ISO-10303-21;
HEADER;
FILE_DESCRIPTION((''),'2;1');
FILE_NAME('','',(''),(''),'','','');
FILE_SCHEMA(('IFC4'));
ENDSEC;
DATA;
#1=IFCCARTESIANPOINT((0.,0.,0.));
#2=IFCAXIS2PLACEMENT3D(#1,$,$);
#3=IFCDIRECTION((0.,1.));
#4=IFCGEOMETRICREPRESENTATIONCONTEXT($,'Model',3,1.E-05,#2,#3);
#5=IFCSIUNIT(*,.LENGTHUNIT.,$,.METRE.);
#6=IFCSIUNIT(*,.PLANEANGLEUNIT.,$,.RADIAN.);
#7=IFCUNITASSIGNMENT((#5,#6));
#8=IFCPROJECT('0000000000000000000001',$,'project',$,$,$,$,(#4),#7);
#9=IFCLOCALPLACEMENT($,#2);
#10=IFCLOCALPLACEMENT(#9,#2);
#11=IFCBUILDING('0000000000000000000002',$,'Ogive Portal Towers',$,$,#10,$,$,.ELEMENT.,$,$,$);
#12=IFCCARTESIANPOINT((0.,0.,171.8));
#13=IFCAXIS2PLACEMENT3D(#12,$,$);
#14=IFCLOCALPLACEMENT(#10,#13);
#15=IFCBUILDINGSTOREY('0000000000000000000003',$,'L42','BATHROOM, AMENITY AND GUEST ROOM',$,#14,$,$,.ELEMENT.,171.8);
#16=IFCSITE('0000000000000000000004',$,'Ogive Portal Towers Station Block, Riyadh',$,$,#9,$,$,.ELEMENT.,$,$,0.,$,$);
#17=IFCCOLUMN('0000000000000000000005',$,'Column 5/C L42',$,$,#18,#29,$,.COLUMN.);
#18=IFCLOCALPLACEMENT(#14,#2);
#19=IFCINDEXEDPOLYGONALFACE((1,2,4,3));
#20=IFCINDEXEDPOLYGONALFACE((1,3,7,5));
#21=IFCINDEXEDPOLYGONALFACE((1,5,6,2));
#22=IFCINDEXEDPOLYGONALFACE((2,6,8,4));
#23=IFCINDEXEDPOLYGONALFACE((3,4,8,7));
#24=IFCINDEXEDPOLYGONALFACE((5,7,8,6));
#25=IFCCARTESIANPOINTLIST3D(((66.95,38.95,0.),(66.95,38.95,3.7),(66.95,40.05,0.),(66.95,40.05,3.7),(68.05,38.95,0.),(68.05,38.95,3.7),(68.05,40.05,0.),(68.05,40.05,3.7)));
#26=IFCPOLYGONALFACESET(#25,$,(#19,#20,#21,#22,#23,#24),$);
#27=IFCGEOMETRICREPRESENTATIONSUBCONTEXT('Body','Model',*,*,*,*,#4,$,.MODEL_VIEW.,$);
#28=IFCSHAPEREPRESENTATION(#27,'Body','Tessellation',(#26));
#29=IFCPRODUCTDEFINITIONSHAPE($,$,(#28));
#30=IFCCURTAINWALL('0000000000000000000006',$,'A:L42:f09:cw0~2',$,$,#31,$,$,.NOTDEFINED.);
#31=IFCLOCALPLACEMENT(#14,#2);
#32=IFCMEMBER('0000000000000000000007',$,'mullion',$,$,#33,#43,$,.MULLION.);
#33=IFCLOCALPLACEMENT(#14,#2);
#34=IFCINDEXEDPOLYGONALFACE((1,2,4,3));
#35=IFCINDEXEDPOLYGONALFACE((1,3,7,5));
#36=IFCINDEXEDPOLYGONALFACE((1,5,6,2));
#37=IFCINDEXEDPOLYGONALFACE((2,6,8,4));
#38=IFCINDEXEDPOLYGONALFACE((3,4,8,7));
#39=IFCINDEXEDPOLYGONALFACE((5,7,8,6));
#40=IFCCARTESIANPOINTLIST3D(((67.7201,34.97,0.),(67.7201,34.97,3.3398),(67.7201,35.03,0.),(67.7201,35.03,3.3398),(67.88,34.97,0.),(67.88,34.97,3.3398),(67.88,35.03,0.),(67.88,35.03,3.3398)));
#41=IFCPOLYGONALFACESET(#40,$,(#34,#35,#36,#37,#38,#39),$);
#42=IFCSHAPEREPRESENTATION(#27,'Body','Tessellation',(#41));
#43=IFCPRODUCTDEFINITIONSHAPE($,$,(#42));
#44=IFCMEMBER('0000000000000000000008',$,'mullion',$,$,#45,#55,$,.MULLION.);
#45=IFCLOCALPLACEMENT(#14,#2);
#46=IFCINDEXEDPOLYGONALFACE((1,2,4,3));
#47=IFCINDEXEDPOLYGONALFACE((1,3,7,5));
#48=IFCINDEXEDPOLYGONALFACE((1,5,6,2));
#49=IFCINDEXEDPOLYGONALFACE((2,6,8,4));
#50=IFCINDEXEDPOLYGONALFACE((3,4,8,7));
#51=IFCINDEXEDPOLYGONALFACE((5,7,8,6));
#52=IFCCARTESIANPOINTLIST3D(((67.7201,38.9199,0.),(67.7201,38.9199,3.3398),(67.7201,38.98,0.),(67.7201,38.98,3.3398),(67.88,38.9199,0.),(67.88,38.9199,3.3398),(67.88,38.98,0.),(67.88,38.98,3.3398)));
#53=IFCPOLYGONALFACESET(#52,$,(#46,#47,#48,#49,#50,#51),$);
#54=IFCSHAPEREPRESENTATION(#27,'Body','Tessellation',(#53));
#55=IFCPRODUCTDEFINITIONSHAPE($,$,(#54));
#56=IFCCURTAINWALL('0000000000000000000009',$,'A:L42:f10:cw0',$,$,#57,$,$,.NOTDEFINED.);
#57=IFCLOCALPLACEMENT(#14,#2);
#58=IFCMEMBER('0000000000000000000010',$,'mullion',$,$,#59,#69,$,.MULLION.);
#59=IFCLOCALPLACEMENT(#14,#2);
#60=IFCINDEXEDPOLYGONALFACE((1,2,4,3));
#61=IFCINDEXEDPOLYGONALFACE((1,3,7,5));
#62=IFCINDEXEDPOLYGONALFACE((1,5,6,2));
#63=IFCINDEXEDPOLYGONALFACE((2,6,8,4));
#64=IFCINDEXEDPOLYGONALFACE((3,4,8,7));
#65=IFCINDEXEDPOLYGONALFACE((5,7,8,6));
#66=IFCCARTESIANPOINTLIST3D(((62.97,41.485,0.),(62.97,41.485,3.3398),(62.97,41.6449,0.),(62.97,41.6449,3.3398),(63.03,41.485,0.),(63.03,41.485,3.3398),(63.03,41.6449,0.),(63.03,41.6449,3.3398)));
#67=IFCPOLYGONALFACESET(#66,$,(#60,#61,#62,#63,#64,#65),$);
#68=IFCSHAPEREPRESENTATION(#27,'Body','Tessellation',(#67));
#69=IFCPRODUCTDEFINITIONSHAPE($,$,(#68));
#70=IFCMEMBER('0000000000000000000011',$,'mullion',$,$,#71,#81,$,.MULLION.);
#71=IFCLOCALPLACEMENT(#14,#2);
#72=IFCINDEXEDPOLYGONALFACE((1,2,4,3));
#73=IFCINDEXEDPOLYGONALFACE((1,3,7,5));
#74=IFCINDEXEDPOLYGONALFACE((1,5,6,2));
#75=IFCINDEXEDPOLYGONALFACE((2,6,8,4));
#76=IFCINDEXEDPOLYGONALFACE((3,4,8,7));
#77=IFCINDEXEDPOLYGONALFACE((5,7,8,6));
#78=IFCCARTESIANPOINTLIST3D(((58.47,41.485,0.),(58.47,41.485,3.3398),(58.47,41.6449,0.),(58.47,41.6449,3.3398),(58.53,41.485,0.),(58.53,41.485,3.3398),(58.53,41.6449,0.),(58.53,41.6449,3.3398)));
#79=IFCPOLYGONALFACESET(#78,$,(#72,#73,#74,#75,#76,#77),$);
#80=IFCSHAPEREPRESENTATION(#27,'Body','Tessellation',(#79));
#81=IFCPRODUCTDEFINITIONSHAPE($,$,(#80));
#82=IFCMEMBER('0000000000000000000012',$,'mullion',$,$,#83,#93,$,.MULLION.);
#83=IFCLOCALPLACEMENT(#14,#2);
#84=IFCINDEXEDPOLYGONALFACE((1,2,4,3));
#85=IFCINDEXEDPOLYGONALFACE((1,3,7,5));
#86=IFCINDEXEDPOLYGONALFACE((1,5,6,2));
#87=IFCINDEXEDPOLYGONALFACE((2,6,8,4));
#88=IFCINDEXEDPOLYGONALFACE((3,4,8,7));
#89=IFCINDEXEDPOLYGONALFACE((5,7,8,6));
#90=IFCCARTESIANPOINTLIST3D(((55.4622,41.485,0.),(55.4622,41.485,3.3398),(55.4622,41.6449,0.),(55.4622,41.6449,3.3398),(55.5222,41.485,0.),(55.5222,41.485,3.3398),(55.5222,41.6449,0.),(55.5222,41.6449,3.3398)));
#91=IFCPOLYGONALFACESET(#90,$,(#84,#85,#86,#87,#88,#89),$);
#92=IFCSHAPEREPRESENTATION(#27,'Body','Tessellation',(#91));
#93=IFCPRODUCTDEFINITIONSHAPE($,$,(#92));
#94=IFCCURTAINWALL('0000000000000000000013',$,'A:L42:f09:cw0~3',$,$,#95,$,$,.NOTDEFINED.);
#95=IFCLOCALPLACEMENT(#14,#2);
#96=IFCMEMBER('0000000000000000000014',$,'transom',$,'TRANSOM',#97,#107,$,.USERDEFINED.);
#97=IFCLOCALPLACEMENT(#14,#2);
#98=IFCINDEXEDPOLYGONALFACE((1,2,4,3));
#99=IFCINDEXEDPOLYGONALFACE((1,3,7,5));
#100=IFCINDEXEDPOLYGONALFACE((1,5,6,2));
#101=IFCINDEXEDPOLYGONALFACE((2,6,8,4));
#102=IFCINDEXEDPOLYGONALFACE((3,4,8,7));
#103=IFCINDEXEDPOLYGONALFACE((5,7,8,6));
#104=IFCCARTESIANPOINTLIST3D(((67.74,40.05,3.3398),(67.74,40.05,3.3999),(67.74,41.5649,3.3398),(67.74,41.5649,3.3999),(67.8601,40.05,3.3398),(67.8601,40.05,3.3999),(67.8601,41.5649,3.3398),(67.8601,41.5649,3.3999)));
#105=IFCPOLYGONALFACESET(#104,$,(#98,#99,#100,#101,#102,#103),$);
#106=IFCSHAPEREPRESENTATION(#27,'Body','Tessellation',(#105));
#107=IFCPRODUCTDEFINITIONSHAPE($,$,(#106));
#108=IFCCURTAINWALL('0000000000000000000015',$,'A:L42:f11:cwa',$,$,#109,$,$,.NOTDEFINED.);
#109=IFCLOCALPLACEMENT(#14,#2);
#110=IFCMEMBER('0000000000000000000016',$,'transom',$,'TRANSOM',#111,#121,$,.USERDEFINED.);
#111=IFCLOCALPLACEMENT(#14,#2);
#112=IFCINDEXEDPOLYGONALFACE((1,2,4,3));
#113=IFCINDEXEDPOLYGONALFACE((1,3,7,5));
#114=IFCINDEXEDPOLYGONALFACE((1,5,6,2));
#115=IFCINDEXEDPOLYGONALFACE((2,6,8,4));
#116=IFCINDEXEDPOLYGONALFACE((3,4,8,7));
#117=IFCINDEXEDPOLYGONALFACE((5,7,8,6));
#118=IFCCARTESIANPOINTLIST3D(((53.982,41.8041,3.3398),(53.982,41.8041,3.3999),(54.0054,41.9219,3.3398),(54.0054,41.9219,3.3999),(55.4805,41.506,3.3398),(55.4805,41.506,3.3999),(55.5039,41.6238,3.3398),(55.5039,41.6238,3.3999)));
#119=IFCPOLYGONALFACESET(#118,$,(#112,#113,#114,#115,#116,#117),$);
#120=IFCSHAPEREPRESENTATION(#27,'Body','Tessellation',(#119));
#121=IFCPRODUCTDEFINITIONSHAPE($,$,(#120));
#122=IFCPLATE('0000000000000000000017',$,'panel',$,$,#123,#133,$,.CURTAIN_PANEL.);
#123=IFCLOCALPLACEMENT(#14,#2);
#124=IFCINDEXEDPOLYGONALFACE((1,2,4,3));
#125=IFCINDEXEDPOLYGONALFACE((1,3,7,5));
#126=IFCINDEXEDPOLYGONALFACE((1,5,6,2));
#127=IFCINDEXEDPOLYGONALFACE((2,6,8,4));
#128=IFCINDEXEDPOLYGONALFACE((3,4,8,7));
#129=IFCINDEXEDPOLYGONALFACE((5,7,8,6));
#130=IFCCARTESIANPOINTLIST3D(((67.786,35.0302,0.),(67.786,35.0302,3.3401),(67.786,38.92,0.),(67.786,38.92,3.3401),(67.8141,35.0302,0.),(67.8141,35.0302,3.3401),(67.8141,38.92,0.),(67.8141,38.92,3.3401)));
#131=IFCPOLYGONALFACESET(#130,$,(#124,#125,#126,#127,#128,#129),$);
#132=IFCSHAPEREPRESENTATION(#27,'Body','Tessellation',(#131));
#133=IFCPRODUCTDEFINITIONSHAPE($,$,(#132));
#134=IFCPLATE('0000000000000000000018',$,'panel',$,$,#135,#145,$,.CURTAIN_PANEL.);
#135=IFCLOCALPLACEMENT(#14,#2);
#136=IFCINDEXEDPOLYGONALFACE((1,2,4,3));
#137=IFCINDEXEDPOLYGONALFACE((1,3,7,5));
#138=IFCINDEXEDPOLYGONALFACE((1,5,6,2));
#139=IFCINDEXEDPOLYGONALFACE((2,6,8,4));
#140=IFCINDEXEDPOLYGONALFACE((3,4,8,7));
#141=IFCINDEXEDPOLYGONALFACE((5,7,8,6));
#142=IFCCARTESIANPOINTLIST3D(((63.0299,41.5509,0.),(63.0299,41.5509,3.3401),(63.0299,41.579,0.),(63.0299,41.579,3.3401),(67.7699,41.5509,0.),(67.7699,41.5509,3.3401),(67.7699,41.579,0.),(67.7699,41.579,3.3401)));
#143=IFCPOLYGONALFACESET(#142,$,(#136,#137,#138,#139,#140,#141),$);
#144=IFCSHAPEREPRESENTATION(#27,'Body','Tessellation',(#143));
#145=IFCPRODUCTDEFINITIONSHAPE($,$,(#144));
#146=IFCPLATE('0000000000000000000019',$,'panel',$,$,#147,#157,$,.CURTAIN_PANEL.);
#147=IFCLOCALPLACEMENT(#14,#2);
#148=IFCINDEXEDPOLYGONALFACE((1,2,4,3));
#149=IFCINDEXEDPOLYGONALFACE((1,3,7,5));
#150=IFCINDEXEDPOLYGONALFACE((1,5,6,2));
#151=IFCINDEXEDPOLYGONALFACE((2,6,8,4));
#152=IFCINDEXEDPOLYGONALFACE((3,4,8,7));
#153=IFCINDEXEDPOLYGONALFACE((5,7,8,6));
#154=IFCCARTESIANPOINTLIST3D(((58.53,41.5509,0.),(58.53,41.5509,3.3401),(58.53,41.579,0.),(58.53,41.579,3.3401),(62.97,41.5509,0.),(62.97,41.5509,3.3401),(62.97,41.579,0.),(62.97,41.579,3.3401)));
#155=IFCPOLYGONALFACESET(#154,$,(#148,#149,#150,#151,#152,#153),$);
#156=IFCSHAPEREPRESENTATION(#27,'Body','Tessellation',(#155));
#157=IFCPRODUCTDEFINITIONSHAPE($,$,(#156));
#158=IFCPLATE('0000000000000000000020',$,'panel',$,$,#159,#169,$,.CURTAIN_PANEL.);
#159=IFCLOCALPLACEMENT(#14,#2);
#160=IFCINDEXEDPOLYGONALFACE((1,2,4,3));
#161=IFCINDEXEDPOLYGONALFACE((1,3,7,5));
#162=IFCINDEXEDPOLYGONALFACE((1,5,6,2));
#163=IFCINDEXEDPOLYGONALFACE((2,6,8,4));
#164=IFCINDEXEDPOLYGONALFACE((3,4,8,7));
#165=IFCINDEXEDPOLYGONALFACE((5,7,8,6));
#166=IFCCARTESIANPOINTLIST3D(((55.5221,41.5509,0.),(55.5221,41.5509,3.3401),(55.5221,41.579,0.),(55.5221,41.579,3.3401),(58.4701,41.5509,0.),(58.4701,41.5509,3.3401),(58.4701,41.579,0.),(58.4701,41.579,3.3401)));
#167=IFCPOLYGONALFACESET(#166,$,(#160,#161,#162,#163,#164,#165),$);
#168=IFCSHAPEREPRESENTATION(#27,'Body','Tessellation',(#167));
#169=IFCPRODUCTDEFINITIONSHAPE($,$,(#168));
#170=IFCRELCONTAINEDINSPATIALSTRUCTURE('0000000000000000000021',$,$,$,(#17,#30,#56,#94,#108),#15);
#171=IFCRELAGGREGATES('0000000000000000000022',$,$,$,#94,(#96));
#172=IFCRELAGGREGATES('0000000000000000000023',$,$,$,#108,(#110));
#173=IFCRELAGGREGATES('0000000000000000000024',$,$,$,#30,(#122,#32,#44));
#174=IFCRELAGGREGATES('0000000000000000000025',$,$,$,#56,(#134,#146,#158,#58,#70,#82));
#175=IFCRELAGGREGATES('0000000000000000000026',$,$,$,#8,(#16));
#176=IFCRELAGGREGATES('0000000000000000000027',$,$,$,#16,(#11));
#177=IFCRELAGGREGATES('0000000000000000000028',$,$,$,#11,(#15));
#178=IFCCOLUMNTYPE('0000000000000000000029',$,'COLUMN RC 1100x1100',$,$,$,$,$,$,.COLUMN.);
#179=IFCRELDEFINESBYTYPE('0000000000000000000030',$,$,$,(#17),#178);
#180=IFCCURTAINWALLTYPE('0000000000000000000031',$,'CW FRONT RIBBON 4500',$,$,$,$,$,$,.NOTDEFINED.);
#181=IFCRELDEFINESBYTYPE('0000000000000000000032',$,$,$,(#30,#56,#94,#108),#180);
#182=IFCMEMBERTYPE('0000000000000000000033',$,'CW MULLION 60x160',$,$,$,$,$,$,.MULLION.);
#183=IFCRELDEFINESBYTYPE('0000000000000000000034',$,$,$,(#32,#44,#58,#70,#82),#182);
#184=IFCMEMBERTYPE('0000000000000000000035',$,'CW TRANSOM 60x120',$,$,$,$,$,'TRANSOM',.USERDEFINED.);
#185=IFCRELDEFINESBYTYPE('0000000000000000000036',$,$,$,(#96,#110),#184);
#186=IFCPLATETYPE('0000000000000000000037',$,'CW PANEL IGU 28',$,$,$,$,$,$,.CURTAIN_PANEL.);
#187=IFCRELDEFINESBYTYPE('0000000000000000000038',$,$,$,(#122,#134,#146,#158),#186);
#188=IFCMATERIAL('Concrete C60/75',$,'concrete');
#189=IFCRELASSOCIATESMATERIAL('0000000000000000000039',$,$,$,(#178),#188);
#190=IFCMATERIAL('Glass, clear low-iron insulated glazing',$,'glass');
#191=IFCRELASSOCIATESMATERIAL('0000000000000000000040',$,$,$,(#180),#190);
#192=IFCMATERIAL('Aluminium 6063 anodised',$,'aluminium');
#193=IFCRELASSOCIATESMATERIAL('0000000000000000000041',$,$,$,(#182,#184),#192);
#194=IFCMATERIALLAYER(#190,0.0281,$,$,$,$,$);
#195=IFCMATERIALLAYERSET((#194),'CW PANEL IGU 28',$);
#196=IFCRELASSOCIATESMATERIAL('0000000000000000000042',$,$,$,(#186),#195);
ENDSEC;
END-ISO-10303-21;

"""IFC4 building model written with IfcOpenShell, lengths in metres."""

from ifc_helpers import new_model, si_unit, direction, frame, origin, origin_2d, place, context, subcontext, project, spatial, rectangle, extrude, material, layer, layer_set, material_profile, profile_set, type_object, element, aggregate, save


model = new_model("IFC4")

# Units and contexts
model_context = context("Model", 3, precision=1e-05, world=origin(), true_north=direction((0.0, 1.0)))
body_context = subcontext(model_context, "Body", "Model", "MODEL_VIEW")
ifc_project = project(units=[si_unit("LENGTHUNIT", "METRE"), si_unit("PLANEANGLEUNIT", "RADIAN")], contexts=[model_context])

# Site, building, storey
site_placement = place(None, origin())
site = spatial("IfcSite", under=ifc_project, at=site_placement, Name="Ogive Portal Towers Station Block, Riyadh", CompositionType="ELEMENT", RefElevation=0.0)
building_placement = place(site_placement, origin())
building = spatial("IfcBuilding", under=site, at=building_placement, Name="Ogive Portal Towers", CompositionType="ELEMENT")
storey_placement = place(building_placement, frame((0.0, 0.0, 171.8)))
storey = spatial("IfcBuildingStorey", under=building, at=storey_placement, Name="L42", Description="BATHROOM, AMENITY AND GUEST ROOM", CompositionType="ELEMENT", Elevation=171.8)

# Column
ifc_material_1 = material(Name="Concrete C60/75", Category="concrete")
ifc_material_profile_1 = material_profile(ifc_material_1, rectangle(XDim=1.1001, YDim=1.1001, at=origin_2d()), Name="RC 1100x1100")
ifc_profile_set_1 = profile_set([ifc_material_profile_1], Name="Concrete C60/75")
column_type = type_object("IfcColumnType", Name="COLUMN RC 1100x1100", PredefinedType="COLUMN", material=ifc_profile_set_1)
column_placement = place(storey_placement, frame((67.5, 39.5, 0.0), z_axis=(0.0, 0.0, 1.0), x_axis=(1.0, 0.0, 0.0)))
element("IfcColumn", 1, at=column_placement, inside=storey, type_object=column_type, Name="Column 5/C L42", PredefinedType="COLUMN", context=body_context, shape_type="SweptSolid", body=[
    extrude(rectangle(XDim=1.1001, YDim=1.1001, at=origin_2d()), origin(), (0.0, 0.0, 1.0), 3.7),
])

# Curtain walls, members
ifc_material_2 = material(Name="Glass, clear low-iron insulated glazing", Category="glass")
curtain_wall_type = type_object("IfcCurtainWallType", Name="CW FRONT RIBBON 4500", PredefinedType="NOTDEFINED", material=ifc_material_2)
curtain_wall_1_placement = place(storey_placement, origin())
curtain_wall_1 = element("IfcCurtainWall", 2, at=curtain_wall_1_placement, inside=storey, type_object=curtain_wall_type, Name="A:L42:f09:cw0~2", PredefinedType="NOTDEFINED")
ifc_material_3 = material(Name="Aluminium 6063 anodised", Category="aluminium")
ifc_material_profile_2 = material_profile(ifc_material_3, rectangle(XDim=0.1599, YDim=0.0601, at=origin_2d()), Name="AL 60x160")
ifc_profile_set_2 = profile_set([ifc_material_profile_2], Name="Aluminium 6063 anodised")
member_type_1 = type_object("IfcMemberType", Name="CW MULLION 60x160", PredefinedType="MULLION", material=ifc_profile_set_2)
member_1_placement = place(storey_placement, frame((67.8, 35.0, 0.0), z_axis=(0.0, 0.0, 1.0), x_axis=(-1.0, 0.0, 0.0)))
member_1 = element("IfcMember", 3, at=member_1_placement, type_object=member_type_1, Name="mullion", PredefinedType="MULLION", context=body_context, shape_type="SweptSolid", body=[
    extrude(rectangle(XDim=0.1599, YDim=0.0601, at=origin_2d()), origin(), (0.0, 0.0, 1.0), 3.3398),
])
member_2_placement = place(storey_placement, frame((67.8, 38.95, 0.0), z_axis=(0.0, 0.0, 1.0), x_axis=(-1.0, 0.0, 0.0)))
member_2 = element("IfcMember", 4, at=member_2_placement, type_object=member_type_1, Name="mullion", PredefinedType="MULLION", context=body_context, shape_type="SweptSolid", body=[
    extrude(rectangle(XDim=0.1599, YDim=0.0601, at=origin_2d()), origin(), (0.0, 0.0, 1.0), 3.3398),
])
curtain_wall_2_placement = place(storey_placement, origin())
curtain_wall_2 = element("IfcCurtainWall", 5, at=curtain_wall_2_placement, inside=storey, type_object=curtain_wall_type, Name="A:L42:f10:cw0", PredefinedType="NOTDEFINED")
member_3_placement = place(storey_placement, frame((63.0, 41.5649, 0.0), z_axis=(0.0, 0.0, 1.0), x_axis=(0.0, -1.0, 0.0)))
member_3 = element("IfcMember", 6, at=member_3_placement, type_object=member_type_1, Name="mullion", PredefinedType="MULLION", context=body_context, shape_type="SweptSolid", body=[
    extrude(rectangle(XDim=0.1599, YDim=0.0601, at=origin_2d()), origin(), (0.0, 0.0, 1.0), 3.3398),
])
member_4_placement = place(storey_placement, frame((58.5, 41.5649, 0.0), z_axis=(0.0, 0.0, 1.0), x_axis=(0.0, -1.0, 0.0)))
member_4 = element("IfcMember", 7, at=member_4_placement, type_object=member_type_1, Name="mullion", PredefinedType="MULLION", context=body_context, shape_type="SweptSolid", body=[
    extrude(rectangle(XDim=0.1599, YDim=0.0601, at=origin_2d()), origin(), (0.0, 0.0, 1.0), 3.3398),
])
member_5_placement = place(storey_placement, frame((55.4922, 41.5649, 0.0), z_axis=(0.0, 0.0, 1.0), x_axis=(0.0, -1.0, 0.0)))
member_5 = element("IfcMember", 8, at=member_5_placement, type_object=member_type_1, Name="mullion", PredefinedType="MULLION", context=body_context, shape_type="SweptSolid", body=[
    extrude(rectangle(XDim=0.1599, YDim=0.0601, at=origin_2d()), origin(), (0.0, 0.0, 1.0), 3.3398),
])

# Curtain walls, members
curtain_wall_3_placement = place(storey_placement, origin())
curtain_wall_3 = element("IfcCurtainWall", 9, at=curtain_wall_3_placement, inside=storey, type_object=curtain_wall_type, Name="A:L42:f09:cw0~3", PredefinedType="NOTDEFINED")
ifc_material_profile_3 = material_profile(ifc_material_3, rectangle(XDim=0.1201, YDim=0.0601, at=origin_2d()), Name="AL 120x60")
ifc_profile_set_3 = profile_set([ifc_material_profile_3], Name="Aluminium 6063 anodised")
member_type_2 = type_object("IfcMemberType", Name="CW TRANSOM 60x120", ElementType="TRANSOM", PredefinedType="USERDEFINED", material=ifc_profile_set_3)
member_6_placement = place(storey_placement, frame((67.8, 40.05, 3.3699), z_axis=(0.0, 1.0, 0.0), x_axis=(-1.0, 0.0, 0.0)))
member_6 = element("IfcMember", 10, at=member_6_placement, type_object=member_type_2, Name="transom", ObjectType="TRANSOM", PredefinedType="USERDEFINED", context=body_context, shape_type="SweptSolid", body=[
    extrude(rectangle(XDim=0.1201, YDim=0.0601, at=origin_2d()), origin(), (0.0, 0.0, 1.0), 1.5149),
])
aggregate(curtain_wall_3, [member_6])
curtain_wall_4_placement = place(storey_placement, origin())
curtain_wall_4 = element("IfcCurtainWall", 11, at=curtain_wall_4_placement, inside=storey, type_object=curtain_wall_type, Name="A:L42:f11:cwa", PredefinedType="NOTDEFINED")
member_7_placement = place(storey_placement, frame((55.4922, 41.5649, 3.3699), z_axis=(-0.980783, 0.195102, 0.0), x_axis=(-0.195102, -0.980783, 0.0)))
member_7 = element("IfcMember", 12, at=member_7_placement, type_object=member_type_2, Name="transom", ObjectType="TRANSOM", PredefinedType="USERDEFINED", context=body_context, shape_type="SweptSolid", body=[
    extrude(rectangle(XDim=0.1201, YDim=0.0601, at=origin_2d()), origin(), (0.0, 0.0, 1.0), 1.5278),
])
aggregate(curtain_wall_4, [member_7])

# Plates
ifc_layer_1 = layer(ifc_material_2, 0.0281)
ifc_layer_set_1 = layer_set([ifc_layer_1], Name="CW PANEL IGU 28")
plate_type = type_object("IfcPlateType", Name="CW PANEL IGU 28", PredefinedType="CURTAIN_PANEL", material=ifc_layer_set_1)
plate_1_placement = place(storey_placement, frame((67.8, 36.9751, 0.0), z_axis=(0.0, 0.0, 1.0), x_axis=(0.0, 1.0, 0.0)))
plate_1 = element("IfcPlate", 13, at=plate_1_placement, type_object=plate_type, Name="panel", PredefinedType="CURTAIN_PANEL", context=body_context, shape_type="SweptSolid", body=[
    extrude(rectangle(XDim=3.8899, YDim=0.0281, at=origin_2d()), origin(), (0.0, 0.0, 1.0), 3.3401),
])
aggregate(curtain_wall_1, [plate_1, member_1, member_2])
plate_2_placement = place(storey_placement, frame((65.3999, 41.5649, 0.0), z_axis=(0.0, 0.0, 1.0), x_axis=(-1.0, 0.0, 0.0)))
plate_2 = element("IfcPlate", 14, at=plate_2_placement, type_object=plate_type, Name="panel", PredefinedType="CURTAIN_PANEL", context=body_context, shape_type="SweptSolid", body=[
    extrude(rectangle(XDim=4.74, YDim=0.0281, at=origin_2d()), origin(), (0.0, 0.0, 1.0), 3.3401),
])
plate_3_placement = place(storey_placement, frame((60.75, 41.5649, 0.0), z_axis=(0.0, 0.0, 1.0), x_axis=(-1.0, 0.0, 0.0)))
plate_3 = element("IfcPlate", 15, at=plate_3_placement, type_object=plate_type, Name="panel", PredefinedType="CURTAIN_PANEL", context=body_context, shape_type="SweptSolid", body=[
    extrude(rectangle(XDim=4.4399, YDim=0.0281, at=origin_2d()), origin(), (0.0, 0.0, 1.0), 3.3401),
])
plate_4_placement = place(storey_placement, frame((56.9961, 41.5649, 0.0), z_axis=(0.0, 0.0, 1.0), x_axis=(-1.0, 0.0, 0.0)))
plate_4 = element("IfcPlate", 16, at=plate_4_placement, type_object=plate_type, Name="panel", PredefinedType="CURTAIN_PANEL", context=body_context, shape_type="SweptSolid", body=[
    extrude(rectangle(XDim=2.948, YDim=0.0281, at=origin_2d()), origin(), (0.0, 0.0, 1.0), 3.3401),
])
aggregate(curtain_wall_2, [plate_2, plate_3, plate_4, member_3, member_4, member_5])

save(model, "model.ifc")
